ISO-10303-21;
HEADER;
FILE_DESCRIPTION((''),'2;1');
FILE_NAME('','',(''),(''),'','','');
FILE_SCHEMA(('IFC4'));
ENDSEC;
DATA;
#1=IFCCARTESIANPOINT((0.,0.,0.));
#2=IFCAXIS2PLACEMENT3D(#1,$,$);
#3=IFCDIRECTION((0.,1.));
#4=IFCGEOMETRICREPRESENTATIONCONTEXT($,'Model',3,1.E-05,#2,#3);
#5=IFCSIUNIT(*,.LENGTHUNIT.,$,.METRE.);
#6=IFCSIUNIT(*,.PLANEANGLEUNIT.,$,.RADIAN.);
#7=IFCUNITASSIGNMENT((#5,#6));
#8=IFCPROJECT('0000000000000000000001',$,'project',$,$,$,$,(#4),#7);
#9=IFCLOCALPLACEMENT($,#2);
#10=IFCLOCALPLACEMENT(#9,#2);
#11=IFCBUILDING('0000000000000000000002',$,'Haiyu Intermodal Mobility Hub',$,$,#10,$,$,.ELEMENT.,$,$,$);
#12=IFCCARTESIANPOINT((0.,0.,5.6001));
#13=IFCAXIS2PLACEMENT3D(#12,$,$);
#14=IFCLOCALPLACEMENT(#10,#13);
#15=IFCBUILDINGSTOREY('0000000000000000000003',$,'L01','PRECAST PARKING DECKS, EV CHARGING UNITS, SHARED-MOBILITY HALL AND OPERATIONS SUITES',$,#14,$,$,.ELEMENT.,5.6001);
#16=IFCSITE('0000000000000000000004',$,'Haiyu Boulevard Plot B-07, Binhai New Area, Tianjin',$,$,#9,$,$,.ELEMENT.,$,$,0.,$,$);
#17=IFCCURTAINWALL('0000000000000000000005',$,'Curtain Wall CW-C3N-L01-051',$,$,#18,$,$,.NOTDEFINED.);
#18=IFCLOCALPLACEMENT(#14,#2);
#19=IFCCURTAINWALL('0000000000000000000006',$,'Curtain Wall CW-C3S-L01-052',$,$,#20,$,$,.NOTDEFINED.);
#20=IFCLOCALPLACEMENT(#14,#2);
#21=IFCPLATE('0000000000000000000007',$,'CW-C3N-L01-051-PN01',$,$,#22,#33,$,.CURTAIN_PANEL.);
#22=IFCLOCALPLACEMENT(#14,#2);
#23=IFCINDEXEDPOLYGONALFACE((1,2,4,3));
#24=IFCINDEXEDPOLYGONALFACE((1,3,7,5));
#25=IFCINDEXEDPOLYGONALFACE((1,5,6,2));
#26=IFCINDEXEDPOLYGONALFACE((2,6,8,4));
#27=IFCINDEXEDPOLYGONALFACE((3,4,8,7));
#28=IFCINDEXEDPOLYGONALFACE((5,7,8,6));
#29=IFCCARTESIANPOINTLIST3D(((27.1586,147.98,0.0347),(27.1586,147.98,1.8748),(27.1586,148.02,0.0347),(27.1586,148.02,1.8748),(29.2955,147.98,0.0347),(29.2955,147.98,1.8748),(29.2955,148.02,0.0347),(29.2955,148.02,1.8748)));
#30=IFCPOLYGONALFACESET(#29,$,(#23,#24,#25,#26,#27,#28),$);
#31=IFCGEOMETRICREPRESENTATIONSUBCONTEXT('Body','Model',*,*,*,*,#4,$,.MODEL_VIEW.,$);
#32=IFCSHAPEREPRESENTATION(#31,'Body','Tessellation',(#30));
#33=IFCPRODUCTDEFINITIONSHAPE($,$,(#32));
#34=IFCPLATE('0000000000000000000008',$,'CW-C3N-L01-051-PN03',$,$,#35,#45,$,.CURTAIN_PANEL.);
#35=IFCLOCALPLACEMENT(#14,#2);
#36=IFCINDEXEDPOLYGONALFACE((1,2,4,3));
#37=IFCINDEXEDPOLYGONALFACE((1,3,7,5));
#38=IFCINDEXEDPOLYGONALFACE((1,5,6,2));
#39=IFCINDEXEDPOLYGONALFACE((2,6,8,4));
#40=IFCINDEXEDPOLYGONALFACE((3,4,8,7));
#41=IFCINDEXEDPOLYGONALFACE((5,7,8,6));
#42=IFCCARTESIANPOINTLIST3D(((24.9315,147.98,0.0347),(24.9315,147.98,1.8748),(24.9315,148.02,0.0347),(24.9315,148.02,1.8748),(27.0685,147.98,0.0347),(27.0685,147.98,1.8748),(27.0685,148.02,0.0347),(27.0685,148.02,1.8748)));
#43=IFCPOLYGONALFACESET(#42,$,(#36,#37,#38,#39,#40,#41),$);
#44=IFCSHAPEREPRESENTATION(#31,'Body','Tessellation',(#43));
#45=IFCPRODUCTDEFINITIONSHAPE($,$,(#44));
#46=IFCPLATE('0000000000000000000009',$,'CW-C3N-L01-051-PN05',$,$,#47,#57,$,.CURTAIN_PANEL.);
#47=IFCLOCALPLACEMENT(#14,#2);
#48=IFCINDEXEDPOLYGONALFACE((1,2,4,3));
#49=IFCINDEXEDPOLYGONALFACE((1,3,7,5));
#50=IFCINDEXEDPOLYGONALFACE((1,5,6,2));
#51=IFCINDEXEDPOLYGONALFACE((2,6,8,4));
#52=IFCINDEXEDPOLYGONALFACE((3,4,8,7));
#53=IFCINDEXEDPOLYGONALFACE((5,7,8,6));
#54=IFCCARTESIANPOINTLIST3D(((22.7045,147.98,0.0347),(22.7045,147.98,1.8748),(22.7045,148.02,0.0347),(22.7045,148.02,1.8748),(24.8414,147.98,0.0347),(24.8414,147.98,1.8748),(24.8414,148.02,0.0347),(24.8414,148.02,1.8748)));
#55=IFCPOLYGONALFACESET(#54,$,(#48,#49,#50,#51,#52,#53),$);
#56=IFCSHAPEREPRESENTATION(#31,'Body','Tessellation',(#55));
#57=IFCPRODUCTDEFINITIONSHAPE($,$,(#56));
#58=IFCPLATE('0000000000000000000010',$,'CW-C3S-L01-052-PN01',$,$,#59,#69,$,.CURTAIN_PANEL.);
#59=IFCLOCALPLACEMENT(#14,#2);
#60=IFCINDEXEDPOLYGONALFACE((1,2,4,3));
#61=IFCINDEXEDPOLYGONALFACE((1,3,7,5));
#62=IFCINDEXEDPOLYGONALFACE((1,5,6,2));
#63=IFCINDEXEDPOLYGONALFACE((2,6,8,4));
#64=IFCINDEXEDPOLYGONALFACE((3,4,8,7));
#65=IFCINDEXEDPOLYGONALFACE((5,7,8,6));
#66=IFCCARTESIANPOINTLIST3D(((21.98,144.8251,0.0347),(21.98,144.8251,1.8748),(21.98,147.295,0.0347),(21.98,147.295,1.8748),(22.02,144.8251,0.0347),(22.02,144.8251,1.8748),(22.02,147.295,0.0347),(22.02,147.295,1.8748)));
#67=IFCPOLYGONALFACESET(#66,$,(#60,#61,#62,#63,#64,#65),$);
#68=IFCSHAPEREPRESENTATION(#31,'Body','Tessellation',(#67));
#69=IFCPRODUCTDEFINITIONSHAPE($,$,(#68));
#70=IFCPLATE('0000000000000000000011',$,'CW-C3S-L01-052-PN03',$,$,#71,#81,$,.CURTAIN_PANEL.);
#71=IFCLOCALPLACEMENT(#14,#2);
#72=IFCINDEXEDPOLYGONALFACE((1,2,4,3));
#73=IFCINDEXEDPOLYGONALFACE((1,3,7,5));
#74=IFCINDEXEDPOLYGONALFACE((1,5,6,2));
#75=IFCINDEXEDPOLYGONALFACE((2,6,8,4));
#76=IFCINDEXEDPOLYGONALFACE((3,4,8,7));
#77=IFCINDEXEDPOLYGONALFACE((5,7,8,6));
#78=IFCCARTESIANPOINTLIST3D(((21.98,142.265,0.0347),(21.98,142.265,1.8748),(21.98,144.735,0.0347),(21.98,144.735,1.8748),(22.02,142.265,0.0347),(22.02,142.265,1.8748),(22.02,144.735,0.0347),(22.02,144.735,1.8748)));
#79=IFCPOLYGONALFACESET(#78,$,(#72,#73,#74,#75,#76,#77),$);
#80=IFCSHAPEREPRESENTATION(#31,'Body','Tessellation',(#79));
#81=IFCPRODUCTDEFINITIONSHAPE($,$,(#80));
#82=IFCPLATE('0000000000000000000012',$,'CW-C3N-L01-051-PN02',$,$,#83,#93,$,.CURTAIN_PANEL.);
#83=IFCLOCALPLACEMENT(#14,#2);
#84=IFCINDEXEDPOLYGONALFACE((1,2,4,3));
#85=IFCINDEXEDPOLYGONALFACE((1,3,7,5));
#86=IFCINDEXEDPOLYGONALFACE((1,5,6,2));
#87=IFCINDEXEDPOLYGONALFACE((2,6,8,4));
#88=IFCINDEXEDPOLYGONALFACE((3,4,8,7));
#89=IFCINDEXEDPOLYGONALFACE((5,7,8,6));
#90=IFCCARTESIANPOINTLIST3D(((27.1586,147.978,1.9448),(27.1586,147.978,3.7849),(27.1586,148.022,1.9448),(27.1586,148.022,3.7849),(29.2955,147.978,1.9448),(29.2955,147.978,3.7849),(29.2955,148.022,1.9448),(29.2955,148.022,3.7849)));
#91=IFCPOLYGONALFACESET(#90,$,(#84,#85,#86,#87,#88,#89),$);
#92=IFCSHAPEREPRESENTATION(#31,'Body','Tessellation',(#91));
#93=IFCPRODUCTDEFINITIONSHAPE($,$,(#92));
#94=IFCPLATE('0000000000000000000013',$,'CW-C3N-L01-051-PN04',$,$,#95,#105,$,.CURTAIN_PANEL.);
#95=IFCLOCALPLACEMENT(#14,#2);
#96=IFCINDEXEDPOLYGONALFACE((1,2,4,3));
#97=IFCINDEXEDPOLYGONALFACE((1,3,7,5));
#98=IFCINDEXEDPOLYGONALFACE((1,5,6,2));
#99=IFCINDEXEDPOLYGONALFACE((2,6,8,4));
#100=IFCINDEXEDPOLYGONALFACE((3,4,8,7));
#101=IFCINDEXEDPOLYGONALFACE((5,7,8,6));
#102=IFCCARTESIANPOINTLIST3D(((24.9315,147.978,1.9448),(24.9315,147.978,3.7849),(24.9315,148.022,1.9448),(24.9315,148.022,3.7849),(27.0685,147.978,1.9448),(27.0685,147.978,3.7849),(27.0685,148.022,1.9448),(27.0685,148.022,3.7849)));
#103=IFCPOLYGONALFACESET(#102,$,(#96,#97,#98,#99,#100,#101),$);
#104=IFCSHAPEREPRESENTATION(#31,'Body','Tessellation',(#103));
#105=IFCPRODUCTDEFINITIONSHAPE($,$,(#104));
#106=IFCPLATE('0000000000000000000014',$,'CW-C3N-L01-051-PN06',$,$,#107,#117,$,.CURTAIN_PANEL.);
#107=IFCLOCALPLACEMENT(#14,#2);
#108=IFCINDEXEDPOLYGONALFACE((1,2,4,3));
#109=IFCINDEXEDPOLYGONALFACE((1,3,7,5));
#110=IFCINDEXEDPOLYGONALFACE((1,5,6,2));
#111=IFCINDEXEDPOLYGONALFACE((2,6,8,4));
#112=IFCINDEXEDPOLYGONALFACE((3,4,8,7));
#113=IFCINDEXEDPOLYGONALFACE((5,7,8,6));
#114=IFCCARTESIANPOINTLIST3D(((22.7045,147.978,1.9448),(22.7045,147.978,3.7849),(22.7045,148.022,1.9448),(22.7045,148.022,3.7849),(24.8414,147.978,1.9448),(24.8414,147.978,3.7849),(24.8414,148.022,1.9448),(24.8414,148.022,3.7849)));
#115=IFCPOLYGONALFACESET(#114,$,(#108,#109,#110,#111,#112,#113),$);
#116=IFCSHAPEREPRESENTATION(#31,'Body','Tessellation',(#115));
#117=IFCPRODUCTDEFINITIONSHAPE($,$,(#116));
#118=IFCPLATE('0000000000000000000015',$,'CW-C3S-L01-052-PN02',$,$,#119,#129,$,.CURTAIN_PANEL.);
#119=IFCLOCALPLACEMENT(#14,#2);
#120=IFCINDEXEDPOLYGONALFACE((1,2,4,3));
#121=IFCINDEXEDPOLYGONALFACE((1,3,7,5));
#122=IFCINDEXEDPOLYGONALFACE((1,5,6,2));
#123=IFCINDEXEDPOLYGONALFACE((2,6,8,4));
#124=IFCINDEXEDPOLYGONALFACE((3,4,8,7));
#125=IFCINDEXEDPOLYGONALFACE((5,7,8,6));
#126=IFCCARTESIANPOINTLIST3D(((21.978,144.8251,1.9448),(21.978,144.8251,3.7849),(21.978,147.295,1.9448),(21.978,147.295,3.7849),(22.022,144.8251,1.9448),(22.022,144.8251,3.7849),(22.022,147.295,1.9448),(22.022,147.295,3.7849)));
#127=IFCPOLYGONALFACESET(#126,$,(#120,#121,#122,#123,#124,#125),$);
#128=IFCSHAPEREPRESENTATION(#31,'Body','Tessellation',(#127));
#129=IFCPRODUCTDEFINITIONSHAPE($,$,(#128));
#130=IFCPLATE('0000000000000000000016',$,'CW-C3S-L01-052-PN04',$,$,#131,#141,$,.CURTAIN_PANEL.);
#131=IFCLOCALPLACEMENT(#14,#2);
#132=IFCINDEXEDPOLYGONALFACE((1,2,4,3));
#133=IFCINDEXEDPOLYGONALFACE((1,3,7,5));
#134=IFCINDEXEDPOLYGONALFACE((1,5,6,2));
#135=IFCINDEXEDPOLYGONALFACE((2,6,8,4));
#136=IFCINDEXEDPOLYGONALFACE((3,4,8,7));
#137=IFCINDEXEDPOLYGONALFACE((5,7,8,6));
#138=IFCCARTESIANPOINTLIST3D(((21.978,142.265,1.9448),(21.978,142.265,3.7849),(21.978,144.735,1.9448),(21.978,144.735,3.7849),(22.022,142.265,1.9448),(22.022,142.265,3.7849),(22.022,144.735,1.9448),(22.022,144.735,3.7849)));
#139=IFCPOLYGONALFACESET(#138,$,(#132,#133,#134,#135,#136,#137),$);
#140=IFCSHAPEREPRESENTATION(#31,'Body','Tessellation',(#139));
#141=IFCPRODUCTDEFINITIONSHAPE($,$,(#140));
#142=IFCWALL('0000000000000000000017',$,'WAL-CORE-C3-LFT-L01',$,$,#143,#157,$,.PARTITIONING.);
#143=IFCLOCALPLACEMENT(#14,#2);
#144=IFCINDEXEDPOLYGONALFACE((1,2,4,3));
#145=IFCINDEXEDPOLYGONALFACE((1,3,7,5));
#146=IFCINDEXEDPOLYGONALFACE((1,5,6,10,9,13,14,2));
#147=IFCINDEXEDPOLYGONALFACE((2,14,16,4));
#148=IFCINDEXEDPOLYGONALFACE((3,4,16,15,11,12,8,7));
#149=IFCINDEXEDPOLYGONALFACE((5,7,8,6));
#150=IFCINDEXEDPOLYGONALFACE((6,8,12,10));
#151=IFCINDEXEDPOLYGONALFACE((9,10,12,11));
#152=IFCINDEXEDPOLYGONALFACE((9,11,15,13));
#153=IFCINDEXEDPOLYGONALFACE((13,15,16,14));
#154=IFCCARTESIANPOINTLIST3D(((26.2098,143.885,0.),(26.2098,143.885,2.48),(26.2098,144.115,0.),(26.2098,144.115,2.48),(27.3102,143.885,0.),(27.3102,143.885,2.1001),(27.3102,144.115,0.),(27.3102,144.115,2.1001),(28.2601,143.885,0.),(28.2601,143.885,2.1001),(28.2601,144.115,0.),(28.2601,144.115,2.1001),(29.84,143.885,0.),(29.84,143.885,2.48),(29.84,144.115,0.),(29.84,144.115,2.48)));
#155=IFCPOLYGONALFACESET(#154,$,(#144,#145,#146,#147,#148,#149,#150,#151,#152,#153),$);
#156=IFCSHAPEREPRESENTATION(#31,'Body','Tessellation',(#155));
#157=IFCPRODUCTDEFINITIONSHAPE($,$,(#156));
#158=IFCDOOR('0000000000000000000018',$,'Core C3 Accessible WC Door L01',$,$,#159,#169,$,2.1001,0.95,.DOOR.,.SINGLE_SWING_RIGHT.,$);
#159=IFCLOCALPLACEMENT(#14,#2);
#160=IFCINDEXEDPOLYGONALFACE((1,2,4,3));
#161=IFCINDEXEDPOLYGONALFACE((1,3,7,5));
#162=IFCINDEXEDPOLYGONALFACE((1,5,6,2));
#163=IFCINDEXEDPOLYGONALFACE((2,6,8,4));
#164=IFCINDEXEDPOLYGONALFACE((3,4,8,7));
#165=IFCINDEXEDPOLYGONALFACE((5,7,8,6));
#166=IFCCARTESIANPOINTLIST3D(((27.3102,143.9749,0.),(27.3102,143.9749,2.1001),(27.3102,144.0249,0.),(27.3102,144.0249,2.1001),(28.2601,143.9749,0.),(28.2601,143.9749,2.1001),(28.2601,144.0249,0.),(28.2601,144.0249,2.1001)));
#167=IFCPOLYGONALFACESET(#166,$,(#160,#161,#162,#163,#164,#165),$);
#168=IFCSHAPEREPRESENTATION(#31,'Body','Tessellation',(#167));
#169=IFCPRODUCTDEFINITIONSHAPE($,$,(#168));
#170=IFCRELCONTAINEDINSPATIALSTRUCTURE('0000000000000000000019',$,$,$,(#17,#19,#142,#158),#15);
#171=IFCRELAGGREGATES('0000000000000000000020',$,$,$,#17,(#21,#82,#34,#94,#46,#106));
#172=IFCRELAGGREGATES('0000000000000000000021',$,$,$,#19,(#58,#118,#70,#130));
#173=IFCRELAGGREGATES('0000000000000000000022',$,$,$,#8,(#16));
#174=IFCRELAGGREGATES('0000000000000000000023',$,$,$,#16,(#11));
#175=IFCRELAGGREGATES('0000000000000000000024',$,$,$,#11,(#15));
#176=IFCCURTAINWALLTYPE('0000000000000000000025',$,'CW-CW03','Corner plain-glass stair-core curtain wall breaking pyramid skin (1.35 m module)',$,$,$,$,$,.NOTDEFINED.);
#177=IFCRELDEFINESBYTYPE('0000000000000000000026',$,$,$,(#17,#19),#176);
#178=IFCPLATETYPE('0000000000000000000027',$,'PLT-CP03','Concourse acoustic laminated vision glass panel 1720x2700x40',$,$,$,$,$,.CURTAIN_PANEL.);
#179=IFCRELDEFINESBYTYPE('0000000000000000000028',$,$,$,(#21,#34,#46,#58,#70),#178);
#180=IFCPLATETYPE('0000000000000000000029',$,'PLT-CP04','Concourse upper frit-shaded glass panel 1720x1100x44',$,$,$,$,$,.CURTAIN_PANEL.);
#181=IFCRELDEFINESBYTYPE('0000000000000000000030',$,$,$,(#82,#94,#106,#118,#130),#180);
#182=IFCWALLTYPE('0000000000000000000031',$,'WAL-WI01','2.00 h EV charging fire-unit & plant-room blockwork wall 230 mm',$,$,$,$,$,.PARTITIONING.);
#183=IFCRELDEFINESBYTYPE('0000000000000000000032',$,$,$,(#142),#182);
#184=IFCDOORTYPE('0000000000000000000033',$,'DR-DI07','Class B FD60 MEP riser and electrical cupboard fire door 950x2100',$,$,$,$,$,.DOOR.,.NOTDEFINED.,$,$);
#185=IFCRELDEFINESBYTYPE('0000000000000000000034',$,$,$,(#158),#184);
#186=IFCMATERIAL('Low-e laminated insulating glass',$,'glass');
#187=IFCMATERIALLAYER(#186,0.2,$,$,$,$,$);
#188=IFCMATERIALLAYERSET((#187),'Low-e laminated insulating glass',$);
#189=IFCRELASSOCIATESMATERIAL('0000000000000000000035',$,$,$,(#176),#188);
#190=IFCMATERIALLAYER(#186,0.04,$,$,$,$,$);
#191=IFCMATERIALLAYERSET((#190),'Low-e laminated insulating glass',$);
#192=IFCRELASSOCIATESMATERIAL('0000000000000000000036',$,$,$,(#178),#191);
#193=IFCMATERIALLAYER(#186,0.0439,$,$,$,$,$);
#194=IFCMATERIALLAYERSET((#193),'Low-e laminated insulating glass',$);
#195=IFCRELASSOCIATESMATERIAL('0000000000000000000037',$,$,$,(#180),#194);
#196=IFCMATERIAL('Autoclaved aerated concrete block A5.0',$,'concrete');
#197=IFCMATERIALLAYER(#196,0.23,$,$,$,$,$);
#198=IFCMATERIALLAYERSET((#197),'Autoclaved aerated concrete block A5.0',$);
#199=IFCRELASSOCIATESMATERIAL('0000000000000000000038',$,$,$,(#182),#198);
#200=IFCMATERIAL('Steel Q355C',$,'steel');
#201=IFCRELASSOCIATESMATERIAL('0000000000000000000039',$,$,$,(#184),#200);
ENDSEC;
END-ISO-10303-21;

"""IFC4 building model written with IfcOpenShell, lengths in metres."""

from ifc_helpers import new_model, si_unit, direction, frame, frame_2d, origin, origin_2d, place, context, subcontext, project, spatial, rectangle, extrude, material, layer, layer_set, type_object, element, fill, aggregate, save


model = new_model("IFC4")

# Units and contexts
model_context = context("Model", 3, precision=1e-05, world=origin(), true_north=direction((0.0, 1.0)))
body_context = subcontext(model_context, "Body", "Model", "MODEL_VIEW")
ifc_project = project(units=[si_unit("LENGTHUNIT", "METRE"), si_unit("PLANEANGLEUNIT", "RADIAN")], contexts=[model_context])

# Site, building, storey
site_placement = place(None, origin())
site = spatial("IfcSite", under=ifc_project, at=site_placement, Name="Haiyu Boulevard Plot B-07, Binhai New Area, Tianjin", CompositionType="ELEMENT", RefElevation=0.0)
building_placement = place(site_placement, origin())
building = spatial("IfcBuilding", under=site, at=building_placement, Name="Haiyu Intermodal Mobility Hub", CompositionType="ELEMENT")
storey_placement = place(building_placement, frame((0.0, 0.0, 5.6001)))
storey = spatial("IfcBuildingStorey", under=building, at=storey_placement, Name="L01", Description="PRECAST PARKING DECKS, EV CHARGING UNITS, SHARED-MOBILITY HALL AND OPERATIONS SUITES", CompositionType="ELEMENT", Elevation=5.6001)

# Shared definitions
ifc_material_1 = material(Name="Steel Q355C", Category="steel")

# Curtain walls
ifc_material_2 = material(Name="Low-e laminated insulating glass", Category="glass")
ifc_layer_1 = layer(ifc_material_2, 0.2)
ifc_layer_set_1 = layer_set([ifc_layer_1], Name="Low-e laminated insulating glass")
curtain_wall_type = type_object("IfcCurtainWallType", Name="CW-CW03", Description="Corner plain-glass stair-core curtain wall breaking pyramid skin (1.35 m module)", PredefinedType="NOTDEFINED", material=ifc_layer_set_1)
curtain_wall_1_placement = place(storey_placement, origin())
curtain_wall_1 = element("IfcCurtainWall", 1, at=curtain_wall_1_placement, inside=storey, type_object=curtain_wall_type, Name="Curtain Wall CW-C3N-L01-051", PredefinedType="NOTDEFINED")
curtain_wall_2_placement = place(storey_placement, origin())
curtain_wall_2 = element("IfcCurtainWall", 2, at=curtain_wall_2_placement, inside=storey, type_object=curtain_wall_type, Name="Curtain Wall CW-C3S-L01-052", PredefinedType="NOTDEFINED")

# Plates
ifc_layer_2 = layer(ifc_material_2, 0.04)
ifc_layer_set_2 = layer_set([ifc_layer_2], Name="Low-e laminated insulating glass")
plate_type_1 = type_object("IfcPlateType", Name="PLT-CP03", Description="Concourse acoustic laminated vision glass panel 1720x2700x40", PredefinedType="CURTAIN_PANEL", material=ifc_layer_set_2)
plate_1_placement = place(storey_placement, frame((28.2271, 148.0, 0.0347), z_axis=(0.0, 0.0, 1.0), x_axis=(-1.0, 0.0, 0.0)))
plate_1 = element("IfcPlate", 3, at=plate_1_placement, type_object=plate_type_1, Name="CW-C3N-L01-051-PN01", PredefinedType="CURTAIN_PANEL", context=body_context, shape_type="SweptSolid", body=[
    extrude(rectangle(XDim=2.137, YDim=0.04, at=origin_2d()), origin(), (0.0, 0.0, 1.0), 1.8401),
])
plate_2_placement = place(storey_placement, frame((26.0, 148.0, 0.0347), z_axis=(0.0, 0.0, 1.0), x_axis=(-1.0, 0.0, 0.0)))
plate_2 = element("IfcPlate", 4, at=plate_2_placement, type_object=plate_type_1, Name="CW-C3N-L01-051-PN03", PredefinedType="CURTAIN_PANEL", context=body_context, shape_type="SweptSolid", body=[
    extrude(rectangle(XDim=2.137, YDim=0.04, at=origin_2d()), origin(), (0.0, 0.0, 1.0), 1.8401),
])
plate_3_placement = place(storey_placement, frame((23.7729, 148.0, 0.0347), z_axis=(0.0, 0.0, 1.0), x_axis=(-1.0, 0.0, 0.0)))
plate_3 = element("IfcPlate", 5, at=plate_3_placement, type_object=plate_type_1, Name="CW-C3N-L01-051-PN05", PredefinedType="CURTAIN_PANEL", context=body_context, shape_type="SweptSolid", body=[
    extrude(rectangle(XDim=2.137, YDim=0.04, at=origin_2d()), origin(), (0.0, 0.0, 1.0), 1.8401),
])
plate_4_placement = place(storey_placement, frame((22.0, 146.0601, 0.0347), z_axis=(0.0, 0.0, 1.0), x_axis=(0.0, -1.0, 0.0)))
plate_4 = element("IfcPlate", 6, at=plate_4_placement, type_object=plate_type_1, Name="CW-C3S-L01-052-PN01", PredefinedType="CURTAIN_PANEL", context=body_context, shape_type="SweptSolid", body=[
    extrude(rectangle(XDim=2.47, YDim=0.04, at=origin_2d()), origin(), (0.0, 0.0, 1.0), 1.8401),
])
plate_5_placement = place(storey_placement, frame((22.0, 143.5, 0.0347), z_axis=(0.0, 0.0, 1.0), x_axis=(0.0, -1.0, 0.0)))
plate_5 = element("IfcPlate", 7, at=plate_5_placement, type_object=plate_type_1, Name="CW-C3S-L01-052-PN03", PredefinedType="CURTAIN_PANEL", context=body_context, shape_type="SweptSolid", body=[
    extrude(rectangle(XDim=2.47, YDim=0.04, at=origin_2d()), origin(), (0.0, 0.0, 1.0), 1.8401),
])
ifc_layer_3 = layer(ifc_material_2, 0.0439)
ifc_layer_set_3 = layer_set([ifc_layer_3], Name="Low-e laminated insulating glass")
plate_type_2 = type_object("IfcPlateType", Name="PLT-CP04", Description="Concourse upper frit-shaded glass panel 1720x1100x44", PredefinedType="CURTAIN_PANEL", material=ifc_layer_set_3)
plate_6_placement = place(storey_placement, frame((28.2271, 148.0, 1.9448), z_axis=(0.0, 0.0, 1.0), x_axis=(-1.0, 0.0, 0.0)))
plate_6 = element("IfcPlate", 8, at=plate_6_placement, type_object=plate_type_2, Name="CW-C3N-L01-051-PN02", PredefinedType="CURTAIN_PANEL", context=body_context, shape_type="SweptSolid", body=[
    extrude(rectangle(XDim=2.137, YDim=0.0439, at=origin_2d()), origin(), (0.0, 0.0, 1.0), 1.8401),
])
plate_7_placement = place(storey_placement, frame((26.0, 148.0, 1.9448), z_axis=(0.0, 0.0, 1.0), x_axis=(-1.0, 0.0, 0.0)))
plate_7 = element("IfcPlate", 9, at=plate_7_placement, type_object=plate_type_2, Name="CW-C3N-L01-051-PN04", PredefinedType="CURTAIN_PANEL", context=body_context, shape_type="SweptSolid", body=[
    extrude(rectangle(XDim=2.137, YDim=0.0439, at=origin_2d()), origin(), (0.0, 0.0, 1.0), 1.8401),
])
plate_8_placement = place(storey_placement, frame((23.7729, 148.0, 1.9448), z_axis=(0.0, 0.0, 1.0), x_axis=(-1.0, 0.0, 0.0)))
plate_8 = element("IfcPlate", 10, at=plate_8_placement, type_object=plate_type_2, Name="CW-C3N-L01-051-PN06", PredefinedType="CURTAIN_PANEL", context=body_context, shape_type="SweptSolid", body=[
    extrude(rectangle(XDim=2.137, YDim=0.0439, at=origin_2d()), origin(), (0.0, 0.0, 1.0), 1.8401),
])
aggregate(curtain_wall_1, [plate_1, plate_6, plate_2, plate_7, plate_3, plate_8])
plate_9_placement = place(storey_placement, frame((22.0, 146.0601, 1.9448), z_axis=(0.0, 0.0, 1.0), x_axis=(0.0, -1.0, 0.0)))
plate_9 = element("IfcPlate", 11, at=plate_9_placement, type_object=plate_type_2, Name="CW-C3S-L01-052-PN02", PredefinedType="CURTAIN_PANEL", context=body_context, shape_type="SweptSolid", body=[
    extrude(rectangle(XDim=2.47, YDim=0.0439, at=origin_2d()), origin(), (0.0, 0.0, 1.0), 1.8401),
])
plate_10_placement = place(storey_placement, frame((22.0, 143.5, 1.9448), z_axis=(0.0, 0.0, 1.0), x_axis=(0.0, -1.0, 0.0)))
plate_10 = element("IfcPlate", 12, at=plate_10_placement, type_object=plate_type_2, Name="CW-C3S-L01-052-PN04", PredefinedType="CURTAIN_PANEL", context=body_context, shape_type="SweptSolid", body=[
    extrude(rectangle(XDim=2.47, YDim=0.0439, at=origin_2d()), origin(), (0.0, 0.0, 1.0), 1.8401),
])
aggregate(curtain_wall_2, [plate_4, plate_9, plate_5, plate_10])

# Wall, opening, door
ifc_material_3 = material(Name="Autoclaved aerated concrete block A5.0", Category="concrete")
ifc_layer_4 = layer(ifc_material_3, 0.23)
ifc_layer_set_4 = layer_set([ifc_layer_4], Name="Autoclaved aerated concrete block A5.0")
wall_type = type_object("IfcWallType", Name="WAL-WI01", Description="2.00 h EV charging fire-unit & plant-room blockwork wall 230 mm", PredefinedType="PARTITIONING", material=ifc_layer_set_4)
wall_placement = place(storey_placement, frame((26.21, 144.0, 0.0), z_axis=(0.0, 0.0, 1.0), x_axis=(1.0, 0.0, 0.0)))
wall = element("IfcWall", 13, at=wall_placement, inside=storey, type_object=wall_type, Name="WAL-CORE-C3-LFT-L01", PredefinedType="PARTITIONING", context=body_context, shape_type="SweptSolid", body=[
    extrude(rectangle(XDim=3.6301, YDim=0.23, at=frame_2d((1.8149, 0.0))), origin(), (0.0, 0.0, 1.0), 2.48),
])
opening_placement = place(wall_placement, frame((1.1001, 0.0, 0.0)))
opening = element("IfcOpeningElement", 14, at=opening_placement, cuts=wall, PredefinedType="OPENING", context=body_context, shape_type="SweptSolid", body=[
    extrude(rectangle(XDim=0.95, YDim=2.1001, at=frame_2d((0.4751, 1.05))), frame((0.0, 0.125, 0.0), z_axis=(0.0, -1.0, 0.0), x_axis=(1.0, 0.0, 0.0)), (0.0, 0.0, 1.0), 0.25),
])
door_type = type_object("IfcDoorType", Name="DR-DI07", Description="Class B FD60 MEP riser and electrical cupboard fire door 950x2100", OperationType="NOTDEFINED", PredefinedType="DOOR", material=ifc_material_1)
door_placement = place(opening_placement, origin())
door = element("IfcDoor", 15, at=door_placement, inside=storey, type_object=door_type, Name="Core C3 Accessible WC Door L01", OperationType="SINGLE_SWING_RIGHT", OverallHeight=2.1001, OverallWidth=0.95, PredefinedType="DOOR", context=body_context, shape_type="SweptSolid", body=[
    extrude(rectangle(XDim=0.95, YDim=2.1001, at=frame_2d((0.4751, 1.05))), frame((0.0, 0.0249, 0.0), z_axis=(0.0, -1.0, 0.0), x_axis=(1.0, 0.0, 0.0)), (0.0, 0.0, 1.0), 0.05),
])
fill(opening, door)

save(model, "model.ifc")
